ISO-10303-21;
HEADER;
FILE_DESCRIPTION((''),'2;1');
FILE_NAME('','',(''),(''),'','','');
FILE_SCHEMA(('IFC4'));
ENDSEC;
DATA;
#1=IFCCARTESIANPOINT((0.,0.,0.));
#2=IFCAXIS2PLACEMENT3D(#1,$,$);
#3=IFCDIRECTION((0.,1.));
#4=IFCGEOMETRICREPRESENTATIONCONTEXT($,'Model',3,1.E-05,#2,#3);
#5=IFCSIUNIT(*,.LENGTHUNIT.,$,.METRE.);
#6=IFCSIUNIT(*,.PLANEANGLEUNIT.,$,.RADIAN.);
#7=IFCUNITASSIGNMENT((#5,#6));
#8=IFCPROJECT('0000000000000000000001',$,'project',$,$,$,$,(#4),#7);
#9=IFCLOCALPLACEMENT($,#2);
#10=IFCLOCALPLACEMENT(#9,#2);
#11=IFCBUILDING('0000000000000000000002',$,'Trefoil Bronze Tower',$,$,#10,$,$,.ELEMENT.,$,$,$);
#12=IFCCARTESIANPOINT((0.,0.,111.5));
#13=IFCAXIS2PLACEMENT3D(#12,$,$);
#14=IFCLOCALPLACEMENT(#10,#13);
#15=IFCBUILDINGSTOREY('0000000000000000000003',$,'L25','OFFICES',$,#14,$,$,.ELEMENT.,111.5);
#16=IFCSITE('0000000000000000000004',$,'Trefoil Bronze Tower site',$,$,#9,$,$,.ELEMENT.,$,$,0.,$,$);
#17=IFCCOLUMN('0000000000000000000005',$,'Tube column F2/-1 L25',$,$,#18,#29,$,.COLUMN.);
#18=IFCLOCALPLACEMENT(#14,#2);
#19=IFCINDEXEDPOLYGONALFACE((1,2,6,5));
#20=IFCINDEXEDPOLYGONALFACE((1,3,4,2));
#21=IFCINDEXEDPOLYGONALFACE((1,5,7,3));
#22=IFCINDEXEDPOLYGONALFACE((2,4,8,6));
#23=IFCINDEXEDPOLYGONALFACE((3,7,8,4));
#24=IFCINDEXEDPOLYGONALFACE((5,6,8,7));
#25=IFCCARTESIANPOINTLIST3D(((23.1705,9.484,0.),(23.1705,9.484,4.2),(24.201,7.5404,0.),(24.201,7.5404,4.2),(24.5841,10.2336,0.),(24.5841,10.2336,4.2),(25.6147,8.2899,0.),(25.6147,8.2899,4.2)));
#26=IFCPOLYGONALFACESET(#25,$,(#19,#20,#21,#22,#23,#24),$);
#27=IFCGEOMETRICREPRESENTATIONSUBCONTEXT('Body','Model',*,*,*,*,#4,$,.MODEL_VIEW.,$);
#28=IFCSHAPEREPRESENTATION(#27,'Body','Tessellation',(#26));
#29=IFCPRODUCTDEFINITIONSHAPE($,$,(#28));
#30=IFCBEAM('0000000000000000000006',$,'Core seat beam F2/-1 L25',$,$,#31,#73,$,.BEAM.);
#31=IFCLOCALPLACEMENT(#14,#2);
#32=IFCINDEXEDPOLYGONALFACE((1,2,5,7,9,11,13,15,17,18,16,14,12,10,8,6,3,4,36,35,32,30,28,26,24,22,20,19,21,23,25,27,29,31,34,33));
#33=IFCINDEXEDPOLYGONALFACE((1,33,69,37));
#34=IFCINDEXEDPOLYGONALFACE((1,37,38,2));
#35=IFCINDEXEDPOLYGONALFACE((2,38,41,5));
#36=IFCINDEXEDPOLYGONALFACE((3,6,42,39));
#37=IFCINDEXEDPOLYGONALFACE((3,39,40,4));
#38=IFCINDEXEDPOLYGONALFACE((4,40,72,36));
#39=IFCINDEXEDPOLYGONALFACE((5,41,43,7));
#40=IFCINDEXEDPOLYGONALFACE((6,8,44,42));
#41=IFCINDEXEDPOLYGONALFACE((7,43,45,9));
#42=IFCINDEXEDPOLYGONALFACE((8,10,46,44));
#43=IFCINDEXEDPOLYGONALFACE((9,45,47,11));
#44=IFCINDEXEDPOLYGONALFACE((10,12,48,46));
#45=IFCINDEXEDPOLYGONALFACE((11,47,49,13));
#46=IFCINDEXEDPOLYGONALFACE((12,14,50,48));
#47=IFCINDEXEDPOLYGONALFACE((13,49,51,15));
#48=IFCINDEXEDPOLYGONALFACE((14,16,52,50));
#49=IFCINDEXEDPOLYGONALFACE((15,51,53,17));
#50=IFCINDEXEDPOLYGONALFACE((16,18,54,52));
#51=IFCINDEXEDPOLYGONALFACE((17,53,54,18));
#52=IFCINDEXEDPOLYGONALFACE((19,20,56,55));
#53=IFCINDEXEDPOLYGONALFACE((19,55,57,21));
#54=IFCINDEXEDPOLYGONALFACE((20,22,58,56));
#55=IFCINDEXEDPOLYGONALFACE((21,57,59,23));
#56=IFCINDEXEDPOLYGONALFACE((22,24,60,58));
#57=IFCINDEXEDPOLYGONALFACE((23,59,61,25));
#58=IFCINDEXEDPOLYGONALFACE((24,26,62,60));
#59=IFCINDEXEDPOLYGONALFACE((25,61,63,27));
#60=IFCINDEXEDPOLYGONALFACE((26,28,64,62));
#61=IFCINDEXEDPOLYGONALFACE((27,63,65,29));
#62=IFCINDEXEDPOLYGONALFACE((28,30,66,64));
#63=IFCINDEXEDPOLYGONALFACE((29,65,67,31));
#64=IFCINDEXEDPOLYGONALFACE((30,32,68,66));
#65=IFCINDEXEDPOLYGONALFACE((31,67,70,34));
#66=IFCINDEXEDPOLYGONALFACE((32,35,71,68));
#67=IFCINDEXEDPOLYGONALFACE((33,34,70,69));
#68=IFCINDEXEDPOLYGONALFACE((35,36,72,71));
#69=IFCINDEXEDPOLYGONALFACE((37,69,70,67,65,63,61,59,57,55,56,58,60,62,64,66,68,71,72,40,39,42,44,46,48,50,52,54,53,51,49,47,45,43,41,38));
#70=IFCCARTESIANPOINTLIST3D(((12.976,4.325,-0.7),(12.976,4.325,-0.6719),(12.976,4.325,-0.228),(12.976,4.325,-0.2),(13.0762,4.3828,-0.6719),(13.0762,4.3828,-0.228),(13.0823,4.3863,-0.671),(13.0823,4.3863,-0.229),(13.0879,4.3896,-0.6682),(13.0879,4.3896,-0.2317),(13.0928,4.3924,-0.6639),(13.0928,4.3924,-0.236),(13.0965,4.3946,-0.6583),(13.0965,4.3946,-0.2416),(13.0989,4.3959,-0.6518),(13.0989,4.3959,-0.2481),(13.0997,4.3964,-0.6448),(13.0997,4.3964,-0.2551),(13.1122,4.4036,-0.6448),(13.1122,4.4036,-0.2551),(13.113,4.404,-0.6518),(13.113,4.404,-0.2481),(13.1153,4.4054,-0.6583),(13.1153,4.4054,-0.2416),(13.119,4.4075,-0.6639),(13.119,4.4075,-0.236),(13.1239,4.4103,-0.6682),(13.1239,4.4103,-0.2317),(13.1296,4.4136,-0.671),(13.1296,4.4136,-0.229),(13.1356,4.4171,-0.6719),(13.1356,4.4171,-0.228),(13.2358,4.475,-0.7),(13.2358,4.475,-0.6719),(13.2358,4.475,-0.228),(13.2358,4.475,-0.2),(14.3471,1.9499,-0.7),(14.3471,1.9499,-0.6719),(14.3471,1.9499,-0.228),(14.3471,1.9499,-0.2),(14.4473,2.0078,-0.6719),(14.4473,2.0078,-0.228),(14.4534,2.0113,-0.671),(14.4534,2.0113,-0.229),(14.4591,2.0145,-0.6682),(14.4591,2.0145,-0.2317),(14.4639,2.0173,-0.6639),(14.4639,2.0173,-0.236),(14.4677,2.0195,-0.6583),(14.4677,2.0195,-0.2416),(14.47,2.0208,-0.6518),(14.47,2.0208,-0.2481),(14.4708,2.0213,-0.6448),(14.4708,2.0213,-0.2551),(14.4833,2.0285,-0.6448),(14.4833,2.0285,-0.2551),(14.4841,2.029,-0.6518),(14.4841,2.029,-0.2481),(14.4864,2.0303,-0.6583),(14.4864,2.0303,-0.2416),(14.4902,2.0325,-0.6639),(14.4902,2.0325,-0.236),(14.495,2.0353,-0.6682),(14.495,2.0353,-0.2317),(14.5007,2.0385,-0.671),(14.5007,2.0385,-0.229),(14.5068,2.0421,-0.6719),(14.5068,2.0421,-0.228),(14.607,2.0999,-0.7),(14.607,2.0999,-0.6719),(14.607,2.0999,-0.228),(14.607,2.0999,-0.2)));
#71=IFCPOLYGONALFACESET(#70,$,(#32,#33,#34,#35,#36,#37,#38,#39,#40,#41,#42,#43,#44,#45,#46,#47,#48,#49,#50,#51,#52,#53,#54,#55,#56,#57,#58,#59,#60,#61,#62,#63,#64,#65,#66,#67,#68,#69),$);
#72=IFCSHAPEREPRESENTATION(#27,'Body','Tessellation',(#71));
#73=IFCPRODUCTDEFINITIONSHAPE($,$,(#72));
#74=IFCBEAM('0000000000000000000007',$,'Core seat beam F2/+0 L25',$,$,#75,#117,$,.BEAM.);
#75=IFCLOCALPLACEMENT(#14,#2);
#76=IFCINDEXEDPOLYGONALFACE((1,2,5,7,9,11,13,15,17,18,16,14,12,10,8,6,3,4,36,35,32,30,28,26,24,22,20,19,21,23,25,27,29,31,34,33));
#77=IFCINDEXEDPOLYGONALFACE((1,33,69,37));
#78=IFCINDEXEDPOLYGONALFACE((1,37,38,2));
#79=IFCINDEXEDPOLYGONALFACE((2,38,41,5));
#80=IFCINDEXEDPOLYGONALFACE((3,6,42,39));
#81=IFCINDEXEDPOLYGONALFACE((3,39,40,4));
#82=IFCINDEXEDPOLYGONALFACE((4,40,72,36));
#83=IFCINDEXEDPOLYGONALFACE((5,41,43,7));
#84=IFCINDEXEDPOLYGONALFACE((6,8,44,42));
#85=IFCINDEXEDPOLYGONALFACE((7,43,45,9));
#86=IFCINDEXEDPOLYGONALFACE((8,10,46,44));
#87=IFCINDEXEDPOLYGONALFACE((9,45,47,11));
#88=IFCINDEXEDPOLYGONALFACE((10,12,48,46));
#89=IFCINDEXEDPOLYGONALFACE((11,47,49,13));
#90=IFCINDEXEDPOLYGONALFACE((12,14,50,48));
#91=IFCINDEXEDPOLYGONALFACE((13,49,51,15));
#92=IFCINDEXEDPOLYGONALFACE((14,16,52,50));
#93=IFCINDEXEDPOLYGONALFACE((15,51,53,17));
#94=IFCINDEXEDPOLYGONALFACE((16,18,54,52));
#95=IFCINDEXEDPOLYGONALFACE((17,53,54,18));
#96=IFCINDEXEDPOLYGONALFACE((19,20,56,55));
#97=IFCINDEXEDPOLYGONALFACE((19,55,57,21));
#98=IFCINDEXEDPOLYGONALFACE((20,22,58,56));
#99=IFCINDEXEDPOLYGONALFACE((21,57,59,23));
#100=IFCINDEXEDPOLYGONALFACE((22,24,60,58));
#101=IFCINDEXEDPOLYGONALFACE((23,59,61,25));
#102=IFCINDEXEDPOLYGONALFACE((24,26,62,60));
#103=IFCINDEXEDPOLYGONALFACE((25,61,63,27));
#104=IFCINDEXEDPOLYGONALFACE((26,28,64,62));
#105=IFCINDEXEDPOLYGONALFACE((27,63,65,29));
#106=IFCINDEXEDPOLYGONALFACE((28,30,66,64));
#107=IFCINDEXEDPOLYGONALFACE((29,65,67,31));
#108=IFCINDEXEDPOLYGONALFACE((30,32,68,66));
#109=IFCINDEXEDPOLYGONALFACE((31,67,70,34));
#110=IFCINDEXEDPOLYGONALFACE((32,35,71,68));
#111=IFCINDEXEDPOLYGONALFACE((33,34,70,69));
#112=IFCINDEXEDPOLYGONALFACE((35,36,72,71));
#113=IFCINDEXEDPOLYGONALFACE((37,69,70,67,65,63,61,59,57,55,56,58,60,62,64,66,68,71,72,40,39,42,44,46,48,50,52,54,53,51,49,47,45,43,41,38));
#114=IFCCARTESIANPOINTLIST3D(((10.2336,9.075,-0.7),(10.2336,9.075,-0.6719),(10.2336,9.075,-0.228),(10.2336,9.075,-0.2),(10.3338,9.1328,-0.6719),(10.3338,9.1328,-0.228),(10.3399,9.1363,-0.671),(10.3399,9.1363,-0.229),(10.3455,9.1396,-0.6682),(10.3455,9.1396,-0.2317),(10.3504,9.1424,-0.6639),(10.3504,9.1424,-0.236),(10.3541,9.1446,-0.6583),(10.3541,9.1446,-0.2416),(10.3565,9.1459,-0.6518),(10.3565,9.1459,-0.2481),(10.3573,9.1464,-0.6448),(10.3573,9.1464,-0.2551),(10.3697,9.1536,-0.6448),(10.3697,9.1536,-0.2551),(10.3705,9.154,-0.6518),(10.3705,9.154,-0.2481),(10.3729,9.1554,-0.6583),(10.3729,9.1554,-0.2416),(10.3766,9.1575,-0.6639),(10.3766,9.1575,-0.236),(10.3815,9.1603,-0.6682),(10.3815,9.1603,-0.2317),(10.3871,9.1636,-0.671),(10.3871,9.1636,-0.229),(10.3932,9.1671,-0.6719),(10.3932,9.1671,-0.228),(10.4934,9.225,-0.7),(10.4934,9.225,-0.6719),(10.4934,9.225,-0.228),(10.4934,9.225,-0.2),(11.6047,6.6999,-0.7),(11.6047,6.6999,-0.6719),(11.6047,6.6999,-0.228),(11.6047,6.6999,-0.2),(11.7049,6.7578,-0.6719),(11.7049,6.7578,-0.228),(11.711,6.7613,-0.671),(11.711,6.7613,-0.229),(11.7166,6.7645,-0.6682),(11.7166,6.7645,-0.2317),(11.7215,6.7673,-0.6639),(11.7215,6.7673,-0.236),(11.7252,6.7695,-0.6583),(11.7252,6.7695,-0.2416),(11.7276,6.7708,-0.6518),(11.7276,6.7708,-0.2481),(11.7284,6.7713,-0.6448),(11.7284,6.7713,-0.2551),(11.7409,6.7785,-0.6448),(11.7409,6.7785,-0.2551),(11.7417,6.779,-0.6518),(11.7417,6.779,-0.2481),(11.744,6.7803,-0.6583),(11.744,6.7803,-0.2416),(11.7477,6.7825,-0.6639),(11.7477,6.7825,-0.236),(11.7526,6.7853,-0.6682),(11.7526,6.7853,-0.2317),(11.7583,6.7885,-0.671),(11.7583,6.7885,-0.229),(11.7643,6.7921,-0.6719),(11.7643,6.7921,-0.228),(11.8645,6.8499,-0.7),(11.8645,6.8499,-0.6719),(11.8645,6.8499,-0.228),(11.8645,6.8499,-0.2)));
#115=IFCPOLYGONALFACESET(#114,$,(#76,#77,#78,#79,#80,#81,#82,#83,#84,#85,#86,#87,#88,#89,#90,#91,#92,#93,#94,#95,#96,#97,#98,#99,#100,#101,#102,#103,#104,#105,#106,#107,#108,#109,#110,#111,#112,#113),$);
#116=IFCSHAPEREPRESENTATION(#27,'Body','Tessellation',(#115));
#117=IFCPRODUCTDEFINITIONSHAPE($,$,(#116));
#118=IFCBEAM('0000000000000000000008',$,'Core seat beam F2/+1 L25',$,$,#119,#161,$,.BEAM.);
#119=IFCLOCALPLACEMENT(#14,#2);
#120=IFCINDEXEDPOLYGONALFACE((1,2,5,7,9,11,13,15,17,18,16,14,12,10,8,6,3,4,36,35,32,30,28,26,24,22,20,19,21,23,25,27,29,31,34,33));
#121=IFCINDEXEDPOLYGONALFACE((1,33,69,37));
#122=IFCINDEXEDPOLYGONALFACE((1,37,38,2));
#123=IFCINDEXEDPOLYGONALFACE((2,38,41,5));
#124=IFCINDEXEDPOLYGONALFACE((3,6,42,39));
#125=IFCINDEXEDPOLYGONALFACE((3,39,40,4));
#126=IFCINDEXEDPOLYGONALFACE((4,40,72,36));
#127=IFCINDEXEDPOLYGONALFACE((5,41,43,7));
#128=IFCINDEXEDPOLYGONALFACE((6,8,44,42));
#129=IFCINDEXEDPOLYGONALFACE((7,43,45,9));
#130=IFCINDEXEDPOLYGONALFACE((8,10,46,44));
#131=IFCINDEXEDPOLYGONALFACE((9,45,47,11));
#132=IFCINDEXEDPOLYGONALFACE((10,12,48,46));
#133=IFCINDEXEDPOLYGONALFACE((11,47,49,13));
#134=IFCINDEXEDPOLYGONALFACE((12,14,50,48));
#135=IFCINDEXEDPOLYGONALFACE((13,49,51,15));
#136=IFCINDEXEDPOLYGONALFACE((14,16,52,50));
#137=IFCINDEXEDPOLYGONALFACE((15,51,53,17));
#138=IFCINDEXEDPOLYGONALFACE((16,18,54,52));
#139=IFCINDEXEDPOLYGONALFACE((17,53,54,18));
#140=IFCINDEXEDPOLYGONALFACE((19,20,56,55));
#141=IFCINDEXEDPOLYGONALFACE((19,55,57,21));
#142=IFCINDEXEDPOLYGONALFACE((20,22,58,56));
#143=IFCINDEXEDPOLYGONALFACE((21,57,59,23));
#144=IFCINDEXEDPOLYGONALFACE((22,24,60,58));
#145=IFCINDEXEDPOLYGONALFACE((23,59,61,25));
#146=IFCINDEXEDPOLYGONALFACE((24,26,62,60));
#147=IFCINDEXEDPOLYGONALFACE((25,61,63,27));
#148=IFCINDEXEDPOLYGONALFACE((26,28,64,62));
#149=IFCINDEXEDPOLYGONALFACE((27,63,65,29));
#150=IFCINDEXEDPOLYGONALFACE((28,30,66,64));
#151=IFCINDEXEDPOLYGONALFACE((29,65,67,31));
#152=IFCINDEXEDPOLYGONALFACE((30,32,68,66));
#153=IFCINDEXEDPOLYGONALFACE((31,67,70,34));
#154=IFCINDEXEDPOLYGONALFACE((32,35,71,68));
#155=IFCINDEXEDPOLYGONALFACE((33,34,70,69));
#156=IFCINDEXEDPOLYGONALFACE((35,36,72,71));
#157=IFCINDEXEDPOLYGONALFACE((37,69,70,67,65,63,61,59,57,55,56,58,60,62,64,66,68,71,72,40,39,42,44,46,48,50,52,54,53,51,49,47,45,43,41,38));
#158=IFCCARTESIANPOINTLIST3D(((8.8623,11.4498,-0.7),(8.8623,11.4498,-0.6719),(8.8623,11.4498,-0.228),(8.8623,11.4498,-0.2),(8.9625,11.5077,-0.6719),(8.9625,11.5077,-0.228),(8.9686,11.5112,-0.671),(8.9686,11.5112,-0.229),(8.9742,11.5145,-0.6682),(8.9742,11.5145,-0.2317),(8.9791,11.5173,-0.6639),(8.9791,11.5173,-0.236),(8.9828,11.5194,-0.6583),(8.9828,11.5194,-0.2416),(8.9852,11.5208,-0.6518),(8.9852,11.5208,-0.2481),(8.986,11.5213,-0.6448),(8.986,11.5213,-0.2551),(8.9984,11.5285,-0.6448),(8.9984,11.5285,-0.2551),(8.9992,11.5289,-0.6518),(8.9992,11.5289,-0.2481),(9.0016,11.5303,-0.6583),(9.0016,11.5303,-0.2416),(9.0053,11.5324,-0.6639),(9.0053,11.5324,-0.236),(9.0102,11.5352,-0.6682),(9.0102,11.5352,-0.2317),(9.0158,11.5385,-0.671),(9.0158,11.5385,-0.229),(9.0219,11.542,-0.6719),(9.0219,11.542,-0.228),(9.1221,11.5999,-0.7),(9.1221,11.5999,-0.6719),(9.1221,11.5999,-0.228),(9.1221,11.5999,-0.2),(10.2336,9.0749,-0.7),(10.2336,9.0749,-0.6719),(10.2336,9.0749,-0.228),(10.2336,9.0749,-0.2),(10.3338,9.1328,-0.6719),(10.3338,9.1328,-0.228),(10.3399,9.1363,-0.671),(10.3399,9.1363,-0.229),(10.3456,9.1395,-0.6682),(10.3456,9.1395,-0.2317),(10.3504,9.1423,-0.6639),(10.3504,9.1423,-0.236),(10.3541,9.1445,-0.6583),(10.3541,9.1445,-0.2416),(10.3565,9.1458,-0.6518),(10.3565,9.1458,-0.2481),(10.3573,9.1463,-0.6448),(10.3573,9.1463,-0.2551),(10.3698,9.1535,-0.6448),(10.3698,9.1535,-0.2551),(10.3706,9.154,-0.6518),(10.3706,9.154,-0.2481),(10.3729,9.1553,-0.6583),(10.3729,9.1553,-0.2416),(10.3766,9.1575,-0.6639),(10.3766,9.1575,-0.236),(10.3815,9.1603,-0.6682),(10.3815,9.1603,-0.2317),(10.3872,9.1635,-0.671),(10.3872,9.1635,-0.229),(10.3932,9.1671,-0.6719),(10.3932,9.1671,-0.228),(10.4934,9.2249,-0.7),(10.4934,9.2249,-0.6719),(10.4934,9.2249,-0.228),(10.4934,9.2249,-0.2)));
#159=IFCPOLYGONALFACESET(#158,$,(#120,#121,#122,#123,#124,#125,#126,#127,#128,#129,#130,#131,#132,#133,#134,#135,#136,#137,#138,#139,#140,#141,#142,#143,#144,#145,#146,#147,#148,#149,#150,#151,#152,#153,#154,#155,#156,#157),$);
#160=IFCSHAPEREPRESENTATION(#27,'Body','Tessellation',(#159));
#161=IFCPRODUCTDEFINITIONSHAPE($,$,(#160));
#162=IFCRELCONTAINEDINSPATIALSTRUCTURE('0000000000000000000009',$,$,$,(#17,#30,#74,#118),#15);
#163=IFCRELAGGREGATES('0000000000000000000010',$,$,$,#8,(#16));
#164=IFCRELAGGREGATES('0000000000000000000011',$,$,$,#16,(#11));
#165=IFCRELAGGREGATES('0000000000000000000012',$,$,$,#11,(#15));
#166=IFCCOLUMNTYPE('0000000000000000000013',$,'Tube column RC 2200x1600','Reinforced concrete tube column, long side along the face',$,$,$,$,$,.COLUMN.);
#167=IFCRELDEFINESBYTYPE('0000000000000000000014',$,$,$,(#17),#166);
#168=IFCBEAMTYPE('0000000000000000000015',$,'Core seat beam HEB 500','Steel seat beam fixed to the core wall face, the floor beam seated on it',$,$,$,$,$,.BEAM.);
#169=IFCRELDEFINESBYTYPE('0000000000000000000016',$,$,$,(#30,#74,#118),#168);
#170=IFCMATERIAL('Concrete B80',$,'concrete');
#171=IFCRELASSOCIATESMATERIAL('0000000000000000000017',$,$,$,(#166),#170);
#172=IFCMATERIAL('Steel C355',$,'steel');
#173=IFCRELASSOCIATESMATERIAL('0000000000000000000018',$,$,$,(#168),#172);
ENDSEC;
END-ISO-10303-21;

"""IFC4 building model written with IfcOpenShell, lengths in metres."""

from ifc_helpers import new_model, si_unit, direction, frame, origin, origin_2d, place, context, subcontext, project, spatial, rectangle, i_section, extrude, material, material_profile, profile_set, type_object, element, save


model = new_model("IFC4")

# Units and contexts
model_context = context("Model", 3, precision=1e-05, world=origin(), true_north=direction((0.0, 1.0)))
body_context = subcontext(model_context, "Body", "Model", "MODEL_VIEW")
ifc_project = project(units=[si_unit("LENGTHUNIT", "METRE"), si_unit("PLANEANGLEUNIT", "RADIAN")], contexts=[model_context])

# Site, building, storey
site_placement = place(None, origin())
site = spatial("IfcSite", under=ifc_project, at=site_placement, Name="Trefoil Bronze Tower site", CompositionType="ELEMENT", RefElevation=0.0)
building_placement = place(site_placement, origin())
building = spatial("IfcBuilding", under=site, at=building_placement, Name="Trefoil Bronze Tower", CompositionType="ELEMENT")
storey_placement = place(building_placement, frame((0.0, 0.0, 111.5)))
storey = spatial("IfcBuildingStorey", under=building, at=storey_placement, Name="L25", Description="OFFICES", CompositionType="ELEMENT", Elevation=111.5)

# Column
ifc_material_1 = material(Name="Concrete B80", Category="concrete")
ifc_material_profile_1 = material_profile(ifc_material_1, rectangle(XDim=2.2, YDim=1.6001, at=origin_2d()), Name="RC 2200x1600")
ifc_profile_set_1 = profile_set([ifc_material_profile_1], Name="Concrete B80")
column_type = type_object("IfcColumnType", Name="Tube column RC 2200x1600", Description="Reinforced concrete tube column, long side along the face", PredefinedType="COLUMN", material=ifc_profile_set_1)
column_placement = place(storey_placement, frame((24.3926, 8.887, 0.0), z_axis=(0.0, 0.0, 1.0), x_axis=(-0.468457, 0.883486, 0.0)))
element("IfcColumn", 1, at=column_placement, inside=storey, type_object=column_type, Name="Tube column F2/-1 L25", PredefinedType="COLUMN", context=body_context, shape_type="SweptSolid", body=[
    extrude(rectangle(XDim=2.2, YDim=1.6001, at=origin_2d()), origin(), (0.0, 0.0, 1.0), 4.2),
])

# Beams
ifc_material_2 = material(Name="Steel C355", Category="steel")
ifc_material_profile_2 = material_profile(ifc_material_2, i_section(OverallWidth=0.3, OverallDepth=0.5, WebThickness=0.0144, FlangeThickness=0.0281, FilletRadius=0.0271, at=origin_2d()), Name="HEB 500")
ifc_profile_set_2 = profile_set([ifc_material_profile_2], Name="Steel C355")
beam_type_1 = type_object("IfcBeamType", Name="Core seat beam HEB 500", Description="Steel seat beam fixed to the core wall face, the floor beam seated on it", PredefinedType="BEAM", material=ifc_profile_set_2)
for number, where, z_axis, x_axis, name in (
    (2, (14.4771, 2.0249, -0.45), (-0.499969, 0.866043, 0.0), (-0.866043, -0.499969, 0.0), "Core seat beam F2/-1 L25"),
    (3, (11.7346, 6.7749, -0.45), (-0.499969, 0.866043, 0.0), (-0.866043, -0.499969, 0.0), "Core seat beam F2/+0 L25"),
    (4, (10.3635, 9.1499, -0.45), (-0.500036, 0.866005, 0.0), (-0.866005, -0.500036, 0.0), "Core seat beam F2/+1 L25"),
):
    element("IfcBeam", number, at=place(storey_placement, frame(where, z_axis=z_axis, x_axis=x_axis)), inside=storey, type_object=beam_type_1, Name=name, PredefinedType="BEAM", context=body_context, shape_type="SweptSolid", body=[
        extrude(i_section(OverallWidth=0.3, OverallDepth=0.5, WebThickness=0.0144, FlangeThickness=0.0281, FilletRadius=0.0271, at=origin_2d()), origin(), (0.0, 0.0, 1.0), 2.7424),
    ])

save(model, "model.ifc")
